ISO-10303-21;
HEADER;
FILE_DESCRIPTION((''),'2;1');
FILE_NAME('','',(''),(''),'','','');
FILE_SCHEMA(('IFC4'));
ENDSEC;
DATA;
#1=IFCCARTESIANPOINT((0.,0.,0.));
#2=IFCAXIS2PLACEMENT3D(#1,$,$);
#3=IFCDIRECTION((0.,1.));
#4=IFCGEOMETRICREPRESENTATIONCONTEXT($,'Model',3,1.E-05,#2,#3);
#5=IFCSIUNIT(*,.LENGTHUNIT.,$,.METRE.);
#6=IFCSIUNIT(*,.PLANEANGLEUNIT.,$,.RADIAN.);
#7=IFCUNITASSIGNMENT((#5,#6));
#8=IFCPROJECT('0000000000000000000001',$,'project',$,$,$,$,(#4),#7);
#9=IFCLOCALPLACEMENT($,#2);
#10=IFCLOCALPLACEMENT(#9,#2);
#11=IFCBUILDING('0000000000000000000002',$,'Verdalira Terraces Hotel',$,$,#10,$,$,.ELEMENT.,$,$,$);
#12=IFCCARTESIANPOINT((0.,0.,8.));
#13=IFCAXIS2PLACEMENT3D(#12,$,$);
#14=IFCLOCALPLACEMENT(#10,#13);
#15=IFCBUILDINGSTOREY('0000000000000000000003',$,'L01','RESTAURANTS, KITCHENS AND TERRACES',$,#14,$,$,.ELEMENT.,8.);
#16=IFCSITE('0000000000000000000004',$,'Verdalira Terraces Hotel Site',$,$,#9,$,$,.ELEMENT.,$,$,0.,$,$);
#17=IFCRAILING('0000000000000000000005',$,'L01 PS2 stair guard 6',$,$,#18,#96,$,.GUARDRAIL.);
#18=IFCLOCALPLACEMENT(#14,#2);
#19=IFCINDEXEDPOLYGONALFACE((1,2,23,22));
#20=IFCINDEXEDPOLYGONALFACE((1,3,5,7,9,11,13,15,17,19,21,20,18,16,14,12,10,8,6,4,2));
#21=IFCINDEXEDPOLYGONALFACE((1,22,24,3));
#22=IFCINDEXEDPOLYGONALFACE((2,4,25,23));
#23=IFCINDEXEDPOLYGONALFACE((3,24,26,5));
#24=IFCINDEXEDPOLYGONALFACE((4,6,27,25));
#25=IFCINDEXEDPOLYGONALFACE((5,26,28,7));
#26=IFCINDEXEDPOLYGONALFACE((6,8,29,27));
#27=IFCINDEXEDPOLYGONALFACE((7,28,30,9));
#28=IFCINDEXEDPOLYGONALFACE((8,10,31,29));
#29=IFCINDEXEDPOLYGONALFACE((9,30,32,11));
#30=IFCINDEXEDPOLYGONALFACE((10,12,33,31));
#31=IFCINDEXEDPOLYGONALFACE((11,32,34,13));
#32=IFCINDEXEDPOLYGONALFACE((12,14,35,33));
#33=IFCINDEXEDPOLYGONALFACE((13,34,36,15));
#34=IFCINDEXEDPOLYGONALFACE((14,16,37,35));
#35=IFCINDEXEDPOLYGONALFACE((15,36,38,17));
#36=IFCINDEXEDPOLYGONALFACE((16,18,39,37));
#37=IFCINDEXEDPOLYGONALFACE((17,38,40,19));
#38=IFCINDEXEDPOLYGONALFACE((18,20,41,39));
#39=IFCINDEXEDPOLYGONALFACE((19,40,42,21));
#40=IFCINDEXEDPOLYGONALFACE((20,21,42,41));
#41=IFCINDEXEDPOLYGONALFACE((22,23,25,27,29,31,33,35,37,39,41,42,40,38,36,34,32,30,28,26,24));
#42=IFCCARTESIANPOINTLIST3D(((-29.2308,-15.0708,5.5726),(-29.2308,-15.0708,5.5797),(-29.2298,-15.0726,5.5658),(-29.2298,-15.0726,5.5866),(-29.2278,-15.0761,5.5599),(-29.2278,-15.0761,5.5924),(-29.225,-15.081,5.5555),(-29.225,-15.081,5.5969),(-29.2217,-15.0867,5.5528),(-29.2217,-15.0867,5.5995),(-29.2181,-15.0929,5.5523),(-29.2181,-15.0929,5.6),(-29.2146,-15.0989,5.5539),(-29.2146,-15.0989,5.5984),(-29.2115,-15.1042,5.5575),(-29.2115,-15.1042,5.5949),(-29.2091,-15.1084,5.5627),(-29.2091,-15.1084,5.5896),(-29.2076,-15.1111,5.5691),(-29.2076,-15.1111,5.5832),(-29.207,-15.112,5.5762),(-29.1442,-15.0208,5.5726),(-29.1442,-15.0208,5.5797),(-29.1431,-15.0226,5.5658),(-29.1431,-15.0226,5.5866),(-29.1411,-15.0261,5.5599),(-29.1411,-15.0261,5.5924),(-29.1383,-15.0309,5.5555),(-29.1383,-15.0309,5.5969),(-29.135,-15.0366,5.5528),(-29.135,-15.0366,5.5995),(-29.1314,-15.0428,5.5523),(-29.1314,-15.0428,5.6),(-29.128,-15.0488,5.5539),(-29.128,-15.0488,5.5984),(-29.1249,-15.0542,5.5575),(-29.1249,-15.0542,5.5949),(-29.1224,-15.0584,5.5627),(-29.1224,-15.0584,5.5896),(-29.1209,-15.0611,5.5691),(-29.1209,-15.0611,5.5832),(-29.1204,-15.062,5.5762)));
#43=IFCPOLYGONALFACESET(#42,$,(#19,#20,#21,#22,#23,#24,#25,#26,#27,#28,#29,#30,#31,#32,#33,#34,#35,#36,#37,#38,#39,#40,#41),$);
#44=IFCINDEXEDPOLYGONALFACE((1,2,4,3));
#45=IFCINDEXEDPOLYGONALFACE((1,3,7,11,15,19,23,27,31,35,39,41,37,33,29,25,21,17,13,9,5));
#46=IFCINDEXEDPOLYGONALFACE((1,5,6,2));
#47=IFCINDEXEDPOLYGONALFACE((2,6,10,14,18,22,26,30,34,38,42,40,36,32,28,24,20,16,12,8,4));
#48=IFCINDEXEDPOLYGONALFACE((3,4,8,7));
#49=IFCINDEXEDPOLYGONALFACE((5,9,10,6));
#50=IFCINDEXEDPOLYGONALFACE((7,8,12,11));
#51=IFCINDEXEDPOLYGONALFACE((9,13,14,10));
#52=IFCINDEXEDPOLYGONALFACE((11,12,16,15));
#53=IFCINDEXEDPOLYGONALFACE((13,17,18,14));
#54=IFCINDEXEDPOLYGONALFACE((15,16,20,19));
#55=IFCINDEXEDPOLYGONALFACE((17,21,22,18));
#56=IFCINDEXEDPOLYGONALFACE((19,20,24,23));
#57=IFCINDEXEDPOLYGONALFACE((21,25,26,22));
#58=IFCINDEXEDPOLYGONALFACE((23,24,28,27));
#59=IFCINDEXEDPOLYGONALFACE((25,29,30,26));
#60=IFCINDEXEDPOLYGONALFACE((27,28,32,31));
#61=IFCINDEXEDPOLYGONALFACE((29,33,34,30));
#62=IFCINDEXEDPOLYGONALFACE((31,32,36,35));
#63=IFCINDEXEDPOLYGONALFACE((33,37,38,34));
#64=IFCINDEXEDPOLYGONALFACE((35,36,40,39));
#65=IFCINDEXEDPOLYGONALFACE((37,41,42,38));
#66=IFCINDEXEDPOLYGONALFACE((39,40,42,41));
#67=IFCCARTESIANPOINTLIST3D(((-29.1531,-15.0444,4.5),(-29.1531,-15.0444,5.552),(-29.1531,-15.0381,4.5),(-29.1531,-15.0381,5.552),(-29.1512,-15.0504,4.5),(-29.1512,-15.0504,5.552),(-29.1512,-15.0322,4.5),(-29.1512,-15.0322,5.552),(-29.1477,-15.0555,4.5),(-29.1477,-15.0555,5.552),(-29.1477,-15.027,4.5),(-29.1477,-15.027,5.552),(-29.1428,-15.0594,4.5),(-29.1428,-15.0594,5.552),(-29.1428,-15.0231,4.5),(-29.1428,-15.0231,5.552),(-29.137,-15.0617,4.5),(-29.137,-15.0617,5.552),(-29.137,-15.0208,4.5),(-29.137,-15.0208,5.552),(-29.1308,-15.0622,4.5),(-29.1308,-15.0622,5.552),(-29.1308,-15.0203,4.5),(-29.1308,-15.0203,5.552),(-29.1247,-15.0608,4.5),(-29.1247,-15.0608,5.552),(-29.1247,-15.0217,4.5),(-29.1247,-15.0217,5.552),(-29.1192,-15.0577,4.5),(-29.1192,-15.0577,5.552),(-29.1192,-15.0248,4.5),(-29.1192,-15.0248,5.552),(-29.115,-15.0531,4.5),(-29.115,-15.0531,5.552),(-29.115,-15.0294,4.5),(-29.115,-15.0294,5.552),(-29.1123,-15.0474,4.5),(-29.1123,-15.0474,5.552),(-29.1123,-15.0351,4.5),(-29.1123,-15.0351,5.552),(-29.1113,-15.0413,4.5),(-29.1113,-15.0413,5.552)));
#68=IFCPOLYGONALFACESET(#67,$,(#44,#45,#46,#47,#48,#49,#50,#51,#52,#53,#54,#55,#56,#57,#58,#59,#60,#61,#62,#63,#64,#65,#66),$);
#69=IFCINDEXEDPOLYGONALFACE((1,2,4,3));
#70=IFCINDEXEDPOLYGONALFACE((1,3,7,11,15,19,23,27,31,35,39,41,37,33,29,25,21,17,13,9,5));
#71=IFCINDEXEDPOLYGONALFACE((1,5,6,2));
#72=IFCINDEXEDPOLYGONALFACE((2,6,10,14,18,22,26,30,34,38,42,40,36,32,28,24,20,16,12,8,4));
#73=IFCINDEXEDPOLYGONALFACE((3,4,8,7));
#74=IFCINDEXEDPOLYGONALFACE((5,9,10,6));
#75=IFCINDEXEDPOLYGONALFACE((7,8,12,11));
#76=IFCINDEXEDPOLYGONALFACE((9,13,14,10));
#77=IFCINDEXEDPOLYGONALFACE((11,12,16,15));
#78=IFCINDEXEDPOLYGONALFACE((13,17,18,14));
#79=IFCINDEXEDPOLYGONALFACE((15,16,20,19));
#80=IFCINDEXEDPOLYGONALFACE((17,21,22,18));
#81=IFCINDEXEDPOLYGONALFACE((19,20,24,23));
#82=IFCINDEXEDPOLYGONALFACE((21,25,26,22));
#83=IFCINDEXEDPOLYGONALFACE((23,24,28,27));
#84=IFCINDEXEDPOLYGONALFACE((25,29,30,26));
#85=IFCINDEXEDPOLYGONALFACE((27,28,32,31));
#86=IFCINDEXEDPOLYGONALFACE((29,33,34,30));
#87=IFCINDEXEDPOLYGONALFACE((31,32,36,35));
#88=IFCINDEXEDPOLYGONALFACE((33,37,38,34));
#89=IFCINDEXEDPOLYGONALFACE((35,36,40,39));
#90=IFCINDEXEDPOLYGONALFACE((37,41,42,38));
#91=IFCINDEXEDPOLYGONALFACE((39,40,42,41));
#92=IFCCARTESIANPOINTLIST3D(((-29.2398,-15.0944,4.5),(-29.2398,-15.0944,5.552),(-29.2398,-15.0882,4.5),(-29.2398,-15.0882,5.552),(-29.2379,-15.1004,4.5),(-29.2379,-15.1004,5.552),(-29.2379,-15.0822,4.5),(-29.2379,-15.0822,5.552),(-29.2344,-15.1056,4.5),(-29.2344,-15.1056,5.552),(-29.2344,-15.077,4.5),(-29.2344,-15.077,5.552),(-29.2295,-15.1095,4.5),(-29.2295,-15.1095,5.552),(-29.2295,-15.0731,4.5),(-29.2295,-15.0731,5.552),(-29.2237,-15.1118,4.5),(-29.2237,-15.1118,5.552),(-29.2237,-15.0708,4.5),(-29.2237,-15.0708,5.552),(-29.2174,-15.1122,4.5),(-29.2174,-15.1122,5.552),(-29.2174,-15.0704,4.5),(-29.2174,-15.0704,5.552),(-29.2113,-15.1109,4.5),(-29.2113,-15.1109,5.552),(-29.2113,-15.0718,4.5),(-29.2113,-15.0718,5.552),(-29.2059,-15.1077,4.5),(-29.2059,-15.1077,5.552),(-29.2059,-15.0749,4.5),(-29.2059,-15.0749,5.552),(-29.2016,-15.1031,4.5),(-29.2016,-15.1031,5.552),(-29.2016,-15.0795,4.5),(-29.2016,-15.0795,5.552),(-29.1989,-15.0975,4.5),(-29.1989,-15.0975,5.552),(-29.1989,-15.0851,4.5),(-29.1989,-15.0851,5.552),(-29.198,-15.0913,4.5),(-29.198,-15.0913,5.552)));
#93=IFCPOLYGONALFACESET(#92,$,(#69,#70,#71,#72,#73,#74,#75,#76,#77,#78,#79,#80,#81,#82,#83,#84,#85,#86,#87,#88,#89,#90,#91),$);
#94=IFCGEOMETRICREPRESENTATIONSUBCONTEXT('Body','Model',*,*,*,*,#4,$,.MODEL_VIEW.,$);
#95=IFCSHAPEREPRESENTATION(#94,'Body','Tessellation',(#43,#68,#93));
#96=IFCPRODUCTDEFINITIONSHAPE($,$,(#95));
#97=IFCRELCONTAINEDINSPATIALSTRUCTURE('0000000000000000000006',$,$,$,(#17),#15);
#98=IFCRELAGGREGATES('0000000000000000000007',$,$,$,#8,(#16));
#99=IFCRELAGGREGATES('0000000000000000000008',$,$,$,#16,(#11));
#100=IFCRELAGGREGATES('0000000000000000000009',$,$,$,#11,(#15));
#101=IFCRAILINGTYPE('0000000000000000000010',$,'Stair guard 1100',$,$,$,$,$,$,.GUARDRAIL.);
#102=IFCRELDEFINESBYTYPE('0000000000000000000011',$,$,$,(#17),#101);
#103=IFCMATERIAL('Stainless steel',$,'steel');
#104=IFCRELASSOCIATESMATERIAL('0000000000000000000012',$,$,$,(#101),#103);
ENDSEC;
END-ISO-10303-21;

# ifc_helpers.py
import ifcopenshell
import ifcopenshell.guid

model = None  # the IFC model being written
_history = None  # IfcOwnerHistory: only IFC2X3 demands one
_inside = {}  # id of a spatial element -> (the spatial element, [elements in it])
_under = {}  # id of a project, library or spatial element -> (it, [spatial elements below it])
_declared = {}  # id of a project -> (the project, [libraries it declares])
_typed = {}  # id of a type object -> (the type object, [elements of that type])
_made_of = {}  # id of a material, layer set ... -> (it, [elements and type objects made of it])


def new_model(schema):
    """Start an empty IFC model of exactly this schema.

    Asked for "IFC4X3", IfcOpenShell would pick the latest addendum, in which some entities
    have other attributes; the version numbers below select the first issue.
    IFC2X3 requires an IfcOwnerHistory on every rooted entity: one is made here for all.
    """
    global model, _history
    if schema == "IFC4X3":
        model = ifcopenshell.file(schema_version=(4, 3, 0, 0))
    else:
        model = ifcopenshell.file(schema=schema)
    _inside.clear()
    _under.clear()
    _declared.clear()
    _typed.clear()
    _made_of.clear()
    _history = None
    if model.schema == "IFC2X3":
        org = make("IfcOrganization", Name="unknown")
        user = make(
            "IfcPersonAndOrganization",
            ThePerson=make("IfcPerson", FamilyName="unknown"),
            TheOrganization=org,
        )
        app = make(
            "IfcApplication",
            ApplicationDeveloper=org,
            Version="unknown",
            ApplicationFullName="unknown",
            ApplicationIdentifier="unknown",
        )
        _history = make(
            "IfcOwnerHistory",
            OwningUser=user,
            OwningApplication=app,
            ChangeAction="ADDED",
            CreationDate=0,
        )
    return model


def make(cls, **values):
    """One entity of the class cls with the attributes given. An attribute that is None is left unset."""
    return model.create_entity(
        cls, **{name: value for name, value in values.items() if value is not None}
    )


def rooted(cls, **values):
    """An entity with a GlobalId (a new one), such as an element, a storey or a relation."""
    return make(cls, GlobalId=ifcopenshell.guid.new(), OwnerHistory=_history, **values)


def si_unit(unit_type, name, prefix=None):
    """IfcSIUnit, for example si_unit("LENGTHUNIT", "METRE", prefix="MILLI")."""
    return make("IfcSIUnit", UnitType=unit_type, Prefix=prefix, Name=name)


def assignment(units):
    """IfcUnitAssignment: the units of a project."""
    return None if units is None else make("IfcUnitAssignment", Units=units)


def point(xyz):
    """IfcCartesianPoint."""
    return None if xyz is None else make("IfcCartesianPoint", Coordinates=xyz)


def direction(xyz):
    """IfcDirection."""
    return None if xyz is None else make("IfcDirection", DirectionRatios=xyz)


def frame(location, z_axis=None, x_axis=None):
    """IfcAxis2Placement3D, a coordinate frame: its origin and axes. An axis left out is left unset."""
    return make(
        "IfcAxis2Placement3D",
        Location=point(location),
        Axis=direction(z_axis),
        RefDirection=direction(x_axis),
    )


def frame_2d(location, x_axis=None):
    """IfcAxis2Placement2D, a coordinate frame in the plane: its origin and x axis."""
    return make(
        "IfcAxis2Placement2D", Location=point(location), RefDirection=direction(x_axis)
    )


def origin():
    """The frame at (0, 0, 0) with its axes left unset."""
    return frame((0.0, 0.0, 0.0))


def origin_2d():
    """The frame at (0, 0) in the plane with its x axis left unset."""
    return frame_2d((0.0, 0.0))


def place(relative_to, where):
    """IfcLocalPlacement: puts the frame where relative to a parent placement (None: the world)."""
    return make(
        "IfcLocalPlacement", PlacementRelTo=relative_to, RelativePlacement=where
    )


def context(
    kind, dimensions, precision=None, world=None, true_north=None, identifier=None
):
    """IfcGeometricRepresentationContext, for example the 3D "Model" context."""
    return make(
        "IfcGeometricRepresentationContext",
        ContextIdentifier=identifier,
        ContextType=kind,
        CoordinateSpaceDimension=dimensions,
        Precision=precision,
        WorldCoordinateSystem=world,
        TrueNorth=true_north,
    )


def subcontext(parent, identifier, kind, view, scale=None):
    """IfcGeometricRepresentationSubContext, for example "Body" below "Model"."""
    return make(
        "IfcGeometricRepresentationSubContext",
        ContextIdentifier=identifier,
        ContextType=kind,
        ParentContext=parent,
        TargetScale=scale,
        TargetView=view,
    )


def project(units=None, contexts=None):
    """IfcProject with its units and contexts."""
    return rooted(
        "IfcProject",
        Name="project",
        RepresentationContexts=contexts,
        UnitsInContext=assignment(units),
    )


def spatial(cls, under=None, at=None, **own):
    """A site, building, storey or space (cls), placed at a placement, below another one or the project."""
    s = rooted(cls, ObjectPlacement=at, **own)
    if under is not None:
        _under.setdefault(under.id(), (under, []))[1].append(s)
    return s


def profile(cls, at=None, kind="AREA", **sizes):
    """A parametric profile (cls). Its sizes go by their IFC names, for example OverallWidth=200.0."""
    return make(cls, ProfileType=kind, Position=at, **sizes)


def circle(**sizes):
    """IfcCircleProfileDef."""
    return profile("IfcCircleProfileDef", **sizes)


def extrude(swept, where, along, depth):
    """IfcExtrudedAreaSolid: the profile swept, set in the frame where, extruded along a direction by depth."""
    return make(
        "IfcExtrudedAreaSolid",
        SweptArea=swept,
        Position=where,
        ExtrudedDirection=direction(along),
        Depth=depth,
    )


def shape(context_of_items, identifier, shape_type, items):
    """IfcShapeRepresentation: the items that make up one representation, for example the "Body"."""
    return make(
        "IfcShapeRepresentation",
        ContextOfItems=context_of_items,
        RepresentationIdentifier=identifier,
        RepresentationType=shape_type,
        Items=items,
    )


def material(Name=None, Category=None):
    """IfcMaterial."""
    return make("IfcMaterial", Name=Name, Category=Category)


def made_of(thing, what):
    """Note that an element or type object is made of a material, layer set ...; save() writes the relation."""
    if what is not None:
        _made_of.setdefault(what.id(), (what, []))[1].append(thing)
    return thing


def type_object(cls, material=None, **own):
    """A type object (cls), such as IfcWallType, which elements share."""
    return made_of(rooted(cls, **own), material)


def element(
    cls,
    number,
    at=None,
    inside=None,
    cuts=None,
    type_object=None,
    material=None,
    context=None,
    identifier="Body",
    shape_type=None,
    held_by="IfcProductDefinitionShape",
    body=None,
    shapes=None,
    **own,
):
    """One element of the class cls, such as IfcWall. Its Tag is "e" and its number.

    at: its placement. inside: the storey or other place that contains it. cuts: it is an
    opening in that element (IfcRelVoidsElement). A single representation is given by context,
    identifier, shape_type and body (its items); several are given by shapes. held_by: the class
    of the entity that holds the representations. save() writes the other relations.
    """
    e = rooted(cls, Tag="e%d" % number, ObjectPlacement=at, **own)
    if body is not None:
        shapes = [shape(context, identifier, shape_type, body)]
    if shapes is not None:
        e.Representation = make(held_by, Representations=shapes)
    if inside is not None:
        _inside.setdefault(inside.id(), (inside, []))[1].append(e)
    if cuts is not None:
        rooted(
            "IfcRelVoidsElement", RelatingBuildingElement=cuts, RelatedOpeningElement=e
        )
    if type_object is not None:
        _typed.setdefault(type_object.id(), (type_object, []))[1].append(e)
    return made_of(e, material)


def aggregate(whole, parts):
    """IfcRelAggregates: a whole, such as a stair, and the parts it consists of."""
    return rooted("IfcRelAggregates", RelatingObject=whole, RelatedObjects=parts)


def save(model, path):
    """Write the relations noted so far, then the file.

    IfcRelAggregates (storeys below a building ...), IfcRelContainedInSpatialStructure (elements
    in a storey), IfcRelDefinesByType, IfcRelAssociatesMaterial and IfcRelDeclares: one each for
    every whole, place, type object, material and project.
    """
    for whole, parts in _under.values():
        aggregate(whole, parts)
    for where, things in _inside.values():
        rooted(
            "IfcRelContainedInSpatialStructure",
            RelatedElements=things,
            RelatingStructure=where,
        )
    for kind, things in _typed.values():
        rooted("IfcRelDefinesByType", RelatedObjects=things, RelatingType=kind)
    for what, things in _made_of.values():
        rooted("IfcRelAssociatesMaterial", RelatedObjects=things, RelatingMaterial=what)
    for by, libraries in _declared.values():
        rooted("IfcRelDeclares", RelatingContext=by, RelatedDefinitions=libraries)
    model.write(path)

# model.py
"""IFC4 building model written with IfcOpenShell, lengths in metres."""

from ifc_helpers import new_model, si_unit, direction, frame, origin, origin_2d, place, context, subcontext, project, spatial, circle, extrude, material, type_object, element, save


model = new_model("IFC4")

# Units and contexts
model_context = context("Model", 3, precision=1e-05, world=origin(), true_north=direction((0.0, 1.0)))
body_context = subcontext(model_context, "Body", "Model", "MODEL_VIEW")
ifc_project = project(units=[si_unit("LENGTHUNIT", "METRE"), si_unit("PLANEANGLEUNIT", "RADIAN")], contexts=[model_context])

# Site, building, storey
site_placement = place(None, origin())
site = spatial("IfcSite", under=ifc_project, at=site_placement, Name="Verdalira Terraces Hotel Site", CompositionType="ELEMENT", RefElevation=0.0)
building_placement = place(site_placement, origin())
building = spatial("IfcBuilding", under=site, at=building_placement, Name="Verdalira Terraces Hotel", CompositionType="ELEMENT")
storey_placement = place(building_placement, frame((0.0, 0.0, 8.0)))
storey = spatial("IfcBuildingStorey", under=building, at=storey_placement, Name="L01", Description="RESTAURANTS, KITCHENS AND TERRACES", CompositionType="ELEMENT", Elevation=8.0)

# Railing
ifc_material_1 = material(Name="Stainless steel", Category="steel")
railing_type_1 = type_object("IfcRailingType", Name="Stair guard 1100", PredefinedType="GUARDRAIL", material=ifc_material_1)
railing_1_placement = place(storey_placement, frame((-29.1323, -15.0413, 4.5)))
element("IfcRailing", 1, at=railing_1_placement, inside=storey, type_object=railing_type_1, Name="L01 PS2 stair guard 6", PredefinedType="GUARDRAIL", context=body_context, shape_type="SweptSolid", body=[
    extrude(circle(Radius=0.0239, at=origin_2d()), frame((0.0, 0.0, 1.0762), z_axis=(-0.865982, -0.500074, 0.0), x_axis=(0.500074, -0.865982, 0.0)), (0.0, 0.0, 1.0), 0.1001),
    extrude(circle(Radius=0.021, at=origin_2d()), origin(), (0.0, 0.0, 1.0), 1.052),
    extrude(circle(Radius=0.021, at=origin_2d()), frame((-0.0867, -0.05, 0.0)), (0.0, 0.0, 1.0), 1.052),
])

save(model, "model.ifc")
